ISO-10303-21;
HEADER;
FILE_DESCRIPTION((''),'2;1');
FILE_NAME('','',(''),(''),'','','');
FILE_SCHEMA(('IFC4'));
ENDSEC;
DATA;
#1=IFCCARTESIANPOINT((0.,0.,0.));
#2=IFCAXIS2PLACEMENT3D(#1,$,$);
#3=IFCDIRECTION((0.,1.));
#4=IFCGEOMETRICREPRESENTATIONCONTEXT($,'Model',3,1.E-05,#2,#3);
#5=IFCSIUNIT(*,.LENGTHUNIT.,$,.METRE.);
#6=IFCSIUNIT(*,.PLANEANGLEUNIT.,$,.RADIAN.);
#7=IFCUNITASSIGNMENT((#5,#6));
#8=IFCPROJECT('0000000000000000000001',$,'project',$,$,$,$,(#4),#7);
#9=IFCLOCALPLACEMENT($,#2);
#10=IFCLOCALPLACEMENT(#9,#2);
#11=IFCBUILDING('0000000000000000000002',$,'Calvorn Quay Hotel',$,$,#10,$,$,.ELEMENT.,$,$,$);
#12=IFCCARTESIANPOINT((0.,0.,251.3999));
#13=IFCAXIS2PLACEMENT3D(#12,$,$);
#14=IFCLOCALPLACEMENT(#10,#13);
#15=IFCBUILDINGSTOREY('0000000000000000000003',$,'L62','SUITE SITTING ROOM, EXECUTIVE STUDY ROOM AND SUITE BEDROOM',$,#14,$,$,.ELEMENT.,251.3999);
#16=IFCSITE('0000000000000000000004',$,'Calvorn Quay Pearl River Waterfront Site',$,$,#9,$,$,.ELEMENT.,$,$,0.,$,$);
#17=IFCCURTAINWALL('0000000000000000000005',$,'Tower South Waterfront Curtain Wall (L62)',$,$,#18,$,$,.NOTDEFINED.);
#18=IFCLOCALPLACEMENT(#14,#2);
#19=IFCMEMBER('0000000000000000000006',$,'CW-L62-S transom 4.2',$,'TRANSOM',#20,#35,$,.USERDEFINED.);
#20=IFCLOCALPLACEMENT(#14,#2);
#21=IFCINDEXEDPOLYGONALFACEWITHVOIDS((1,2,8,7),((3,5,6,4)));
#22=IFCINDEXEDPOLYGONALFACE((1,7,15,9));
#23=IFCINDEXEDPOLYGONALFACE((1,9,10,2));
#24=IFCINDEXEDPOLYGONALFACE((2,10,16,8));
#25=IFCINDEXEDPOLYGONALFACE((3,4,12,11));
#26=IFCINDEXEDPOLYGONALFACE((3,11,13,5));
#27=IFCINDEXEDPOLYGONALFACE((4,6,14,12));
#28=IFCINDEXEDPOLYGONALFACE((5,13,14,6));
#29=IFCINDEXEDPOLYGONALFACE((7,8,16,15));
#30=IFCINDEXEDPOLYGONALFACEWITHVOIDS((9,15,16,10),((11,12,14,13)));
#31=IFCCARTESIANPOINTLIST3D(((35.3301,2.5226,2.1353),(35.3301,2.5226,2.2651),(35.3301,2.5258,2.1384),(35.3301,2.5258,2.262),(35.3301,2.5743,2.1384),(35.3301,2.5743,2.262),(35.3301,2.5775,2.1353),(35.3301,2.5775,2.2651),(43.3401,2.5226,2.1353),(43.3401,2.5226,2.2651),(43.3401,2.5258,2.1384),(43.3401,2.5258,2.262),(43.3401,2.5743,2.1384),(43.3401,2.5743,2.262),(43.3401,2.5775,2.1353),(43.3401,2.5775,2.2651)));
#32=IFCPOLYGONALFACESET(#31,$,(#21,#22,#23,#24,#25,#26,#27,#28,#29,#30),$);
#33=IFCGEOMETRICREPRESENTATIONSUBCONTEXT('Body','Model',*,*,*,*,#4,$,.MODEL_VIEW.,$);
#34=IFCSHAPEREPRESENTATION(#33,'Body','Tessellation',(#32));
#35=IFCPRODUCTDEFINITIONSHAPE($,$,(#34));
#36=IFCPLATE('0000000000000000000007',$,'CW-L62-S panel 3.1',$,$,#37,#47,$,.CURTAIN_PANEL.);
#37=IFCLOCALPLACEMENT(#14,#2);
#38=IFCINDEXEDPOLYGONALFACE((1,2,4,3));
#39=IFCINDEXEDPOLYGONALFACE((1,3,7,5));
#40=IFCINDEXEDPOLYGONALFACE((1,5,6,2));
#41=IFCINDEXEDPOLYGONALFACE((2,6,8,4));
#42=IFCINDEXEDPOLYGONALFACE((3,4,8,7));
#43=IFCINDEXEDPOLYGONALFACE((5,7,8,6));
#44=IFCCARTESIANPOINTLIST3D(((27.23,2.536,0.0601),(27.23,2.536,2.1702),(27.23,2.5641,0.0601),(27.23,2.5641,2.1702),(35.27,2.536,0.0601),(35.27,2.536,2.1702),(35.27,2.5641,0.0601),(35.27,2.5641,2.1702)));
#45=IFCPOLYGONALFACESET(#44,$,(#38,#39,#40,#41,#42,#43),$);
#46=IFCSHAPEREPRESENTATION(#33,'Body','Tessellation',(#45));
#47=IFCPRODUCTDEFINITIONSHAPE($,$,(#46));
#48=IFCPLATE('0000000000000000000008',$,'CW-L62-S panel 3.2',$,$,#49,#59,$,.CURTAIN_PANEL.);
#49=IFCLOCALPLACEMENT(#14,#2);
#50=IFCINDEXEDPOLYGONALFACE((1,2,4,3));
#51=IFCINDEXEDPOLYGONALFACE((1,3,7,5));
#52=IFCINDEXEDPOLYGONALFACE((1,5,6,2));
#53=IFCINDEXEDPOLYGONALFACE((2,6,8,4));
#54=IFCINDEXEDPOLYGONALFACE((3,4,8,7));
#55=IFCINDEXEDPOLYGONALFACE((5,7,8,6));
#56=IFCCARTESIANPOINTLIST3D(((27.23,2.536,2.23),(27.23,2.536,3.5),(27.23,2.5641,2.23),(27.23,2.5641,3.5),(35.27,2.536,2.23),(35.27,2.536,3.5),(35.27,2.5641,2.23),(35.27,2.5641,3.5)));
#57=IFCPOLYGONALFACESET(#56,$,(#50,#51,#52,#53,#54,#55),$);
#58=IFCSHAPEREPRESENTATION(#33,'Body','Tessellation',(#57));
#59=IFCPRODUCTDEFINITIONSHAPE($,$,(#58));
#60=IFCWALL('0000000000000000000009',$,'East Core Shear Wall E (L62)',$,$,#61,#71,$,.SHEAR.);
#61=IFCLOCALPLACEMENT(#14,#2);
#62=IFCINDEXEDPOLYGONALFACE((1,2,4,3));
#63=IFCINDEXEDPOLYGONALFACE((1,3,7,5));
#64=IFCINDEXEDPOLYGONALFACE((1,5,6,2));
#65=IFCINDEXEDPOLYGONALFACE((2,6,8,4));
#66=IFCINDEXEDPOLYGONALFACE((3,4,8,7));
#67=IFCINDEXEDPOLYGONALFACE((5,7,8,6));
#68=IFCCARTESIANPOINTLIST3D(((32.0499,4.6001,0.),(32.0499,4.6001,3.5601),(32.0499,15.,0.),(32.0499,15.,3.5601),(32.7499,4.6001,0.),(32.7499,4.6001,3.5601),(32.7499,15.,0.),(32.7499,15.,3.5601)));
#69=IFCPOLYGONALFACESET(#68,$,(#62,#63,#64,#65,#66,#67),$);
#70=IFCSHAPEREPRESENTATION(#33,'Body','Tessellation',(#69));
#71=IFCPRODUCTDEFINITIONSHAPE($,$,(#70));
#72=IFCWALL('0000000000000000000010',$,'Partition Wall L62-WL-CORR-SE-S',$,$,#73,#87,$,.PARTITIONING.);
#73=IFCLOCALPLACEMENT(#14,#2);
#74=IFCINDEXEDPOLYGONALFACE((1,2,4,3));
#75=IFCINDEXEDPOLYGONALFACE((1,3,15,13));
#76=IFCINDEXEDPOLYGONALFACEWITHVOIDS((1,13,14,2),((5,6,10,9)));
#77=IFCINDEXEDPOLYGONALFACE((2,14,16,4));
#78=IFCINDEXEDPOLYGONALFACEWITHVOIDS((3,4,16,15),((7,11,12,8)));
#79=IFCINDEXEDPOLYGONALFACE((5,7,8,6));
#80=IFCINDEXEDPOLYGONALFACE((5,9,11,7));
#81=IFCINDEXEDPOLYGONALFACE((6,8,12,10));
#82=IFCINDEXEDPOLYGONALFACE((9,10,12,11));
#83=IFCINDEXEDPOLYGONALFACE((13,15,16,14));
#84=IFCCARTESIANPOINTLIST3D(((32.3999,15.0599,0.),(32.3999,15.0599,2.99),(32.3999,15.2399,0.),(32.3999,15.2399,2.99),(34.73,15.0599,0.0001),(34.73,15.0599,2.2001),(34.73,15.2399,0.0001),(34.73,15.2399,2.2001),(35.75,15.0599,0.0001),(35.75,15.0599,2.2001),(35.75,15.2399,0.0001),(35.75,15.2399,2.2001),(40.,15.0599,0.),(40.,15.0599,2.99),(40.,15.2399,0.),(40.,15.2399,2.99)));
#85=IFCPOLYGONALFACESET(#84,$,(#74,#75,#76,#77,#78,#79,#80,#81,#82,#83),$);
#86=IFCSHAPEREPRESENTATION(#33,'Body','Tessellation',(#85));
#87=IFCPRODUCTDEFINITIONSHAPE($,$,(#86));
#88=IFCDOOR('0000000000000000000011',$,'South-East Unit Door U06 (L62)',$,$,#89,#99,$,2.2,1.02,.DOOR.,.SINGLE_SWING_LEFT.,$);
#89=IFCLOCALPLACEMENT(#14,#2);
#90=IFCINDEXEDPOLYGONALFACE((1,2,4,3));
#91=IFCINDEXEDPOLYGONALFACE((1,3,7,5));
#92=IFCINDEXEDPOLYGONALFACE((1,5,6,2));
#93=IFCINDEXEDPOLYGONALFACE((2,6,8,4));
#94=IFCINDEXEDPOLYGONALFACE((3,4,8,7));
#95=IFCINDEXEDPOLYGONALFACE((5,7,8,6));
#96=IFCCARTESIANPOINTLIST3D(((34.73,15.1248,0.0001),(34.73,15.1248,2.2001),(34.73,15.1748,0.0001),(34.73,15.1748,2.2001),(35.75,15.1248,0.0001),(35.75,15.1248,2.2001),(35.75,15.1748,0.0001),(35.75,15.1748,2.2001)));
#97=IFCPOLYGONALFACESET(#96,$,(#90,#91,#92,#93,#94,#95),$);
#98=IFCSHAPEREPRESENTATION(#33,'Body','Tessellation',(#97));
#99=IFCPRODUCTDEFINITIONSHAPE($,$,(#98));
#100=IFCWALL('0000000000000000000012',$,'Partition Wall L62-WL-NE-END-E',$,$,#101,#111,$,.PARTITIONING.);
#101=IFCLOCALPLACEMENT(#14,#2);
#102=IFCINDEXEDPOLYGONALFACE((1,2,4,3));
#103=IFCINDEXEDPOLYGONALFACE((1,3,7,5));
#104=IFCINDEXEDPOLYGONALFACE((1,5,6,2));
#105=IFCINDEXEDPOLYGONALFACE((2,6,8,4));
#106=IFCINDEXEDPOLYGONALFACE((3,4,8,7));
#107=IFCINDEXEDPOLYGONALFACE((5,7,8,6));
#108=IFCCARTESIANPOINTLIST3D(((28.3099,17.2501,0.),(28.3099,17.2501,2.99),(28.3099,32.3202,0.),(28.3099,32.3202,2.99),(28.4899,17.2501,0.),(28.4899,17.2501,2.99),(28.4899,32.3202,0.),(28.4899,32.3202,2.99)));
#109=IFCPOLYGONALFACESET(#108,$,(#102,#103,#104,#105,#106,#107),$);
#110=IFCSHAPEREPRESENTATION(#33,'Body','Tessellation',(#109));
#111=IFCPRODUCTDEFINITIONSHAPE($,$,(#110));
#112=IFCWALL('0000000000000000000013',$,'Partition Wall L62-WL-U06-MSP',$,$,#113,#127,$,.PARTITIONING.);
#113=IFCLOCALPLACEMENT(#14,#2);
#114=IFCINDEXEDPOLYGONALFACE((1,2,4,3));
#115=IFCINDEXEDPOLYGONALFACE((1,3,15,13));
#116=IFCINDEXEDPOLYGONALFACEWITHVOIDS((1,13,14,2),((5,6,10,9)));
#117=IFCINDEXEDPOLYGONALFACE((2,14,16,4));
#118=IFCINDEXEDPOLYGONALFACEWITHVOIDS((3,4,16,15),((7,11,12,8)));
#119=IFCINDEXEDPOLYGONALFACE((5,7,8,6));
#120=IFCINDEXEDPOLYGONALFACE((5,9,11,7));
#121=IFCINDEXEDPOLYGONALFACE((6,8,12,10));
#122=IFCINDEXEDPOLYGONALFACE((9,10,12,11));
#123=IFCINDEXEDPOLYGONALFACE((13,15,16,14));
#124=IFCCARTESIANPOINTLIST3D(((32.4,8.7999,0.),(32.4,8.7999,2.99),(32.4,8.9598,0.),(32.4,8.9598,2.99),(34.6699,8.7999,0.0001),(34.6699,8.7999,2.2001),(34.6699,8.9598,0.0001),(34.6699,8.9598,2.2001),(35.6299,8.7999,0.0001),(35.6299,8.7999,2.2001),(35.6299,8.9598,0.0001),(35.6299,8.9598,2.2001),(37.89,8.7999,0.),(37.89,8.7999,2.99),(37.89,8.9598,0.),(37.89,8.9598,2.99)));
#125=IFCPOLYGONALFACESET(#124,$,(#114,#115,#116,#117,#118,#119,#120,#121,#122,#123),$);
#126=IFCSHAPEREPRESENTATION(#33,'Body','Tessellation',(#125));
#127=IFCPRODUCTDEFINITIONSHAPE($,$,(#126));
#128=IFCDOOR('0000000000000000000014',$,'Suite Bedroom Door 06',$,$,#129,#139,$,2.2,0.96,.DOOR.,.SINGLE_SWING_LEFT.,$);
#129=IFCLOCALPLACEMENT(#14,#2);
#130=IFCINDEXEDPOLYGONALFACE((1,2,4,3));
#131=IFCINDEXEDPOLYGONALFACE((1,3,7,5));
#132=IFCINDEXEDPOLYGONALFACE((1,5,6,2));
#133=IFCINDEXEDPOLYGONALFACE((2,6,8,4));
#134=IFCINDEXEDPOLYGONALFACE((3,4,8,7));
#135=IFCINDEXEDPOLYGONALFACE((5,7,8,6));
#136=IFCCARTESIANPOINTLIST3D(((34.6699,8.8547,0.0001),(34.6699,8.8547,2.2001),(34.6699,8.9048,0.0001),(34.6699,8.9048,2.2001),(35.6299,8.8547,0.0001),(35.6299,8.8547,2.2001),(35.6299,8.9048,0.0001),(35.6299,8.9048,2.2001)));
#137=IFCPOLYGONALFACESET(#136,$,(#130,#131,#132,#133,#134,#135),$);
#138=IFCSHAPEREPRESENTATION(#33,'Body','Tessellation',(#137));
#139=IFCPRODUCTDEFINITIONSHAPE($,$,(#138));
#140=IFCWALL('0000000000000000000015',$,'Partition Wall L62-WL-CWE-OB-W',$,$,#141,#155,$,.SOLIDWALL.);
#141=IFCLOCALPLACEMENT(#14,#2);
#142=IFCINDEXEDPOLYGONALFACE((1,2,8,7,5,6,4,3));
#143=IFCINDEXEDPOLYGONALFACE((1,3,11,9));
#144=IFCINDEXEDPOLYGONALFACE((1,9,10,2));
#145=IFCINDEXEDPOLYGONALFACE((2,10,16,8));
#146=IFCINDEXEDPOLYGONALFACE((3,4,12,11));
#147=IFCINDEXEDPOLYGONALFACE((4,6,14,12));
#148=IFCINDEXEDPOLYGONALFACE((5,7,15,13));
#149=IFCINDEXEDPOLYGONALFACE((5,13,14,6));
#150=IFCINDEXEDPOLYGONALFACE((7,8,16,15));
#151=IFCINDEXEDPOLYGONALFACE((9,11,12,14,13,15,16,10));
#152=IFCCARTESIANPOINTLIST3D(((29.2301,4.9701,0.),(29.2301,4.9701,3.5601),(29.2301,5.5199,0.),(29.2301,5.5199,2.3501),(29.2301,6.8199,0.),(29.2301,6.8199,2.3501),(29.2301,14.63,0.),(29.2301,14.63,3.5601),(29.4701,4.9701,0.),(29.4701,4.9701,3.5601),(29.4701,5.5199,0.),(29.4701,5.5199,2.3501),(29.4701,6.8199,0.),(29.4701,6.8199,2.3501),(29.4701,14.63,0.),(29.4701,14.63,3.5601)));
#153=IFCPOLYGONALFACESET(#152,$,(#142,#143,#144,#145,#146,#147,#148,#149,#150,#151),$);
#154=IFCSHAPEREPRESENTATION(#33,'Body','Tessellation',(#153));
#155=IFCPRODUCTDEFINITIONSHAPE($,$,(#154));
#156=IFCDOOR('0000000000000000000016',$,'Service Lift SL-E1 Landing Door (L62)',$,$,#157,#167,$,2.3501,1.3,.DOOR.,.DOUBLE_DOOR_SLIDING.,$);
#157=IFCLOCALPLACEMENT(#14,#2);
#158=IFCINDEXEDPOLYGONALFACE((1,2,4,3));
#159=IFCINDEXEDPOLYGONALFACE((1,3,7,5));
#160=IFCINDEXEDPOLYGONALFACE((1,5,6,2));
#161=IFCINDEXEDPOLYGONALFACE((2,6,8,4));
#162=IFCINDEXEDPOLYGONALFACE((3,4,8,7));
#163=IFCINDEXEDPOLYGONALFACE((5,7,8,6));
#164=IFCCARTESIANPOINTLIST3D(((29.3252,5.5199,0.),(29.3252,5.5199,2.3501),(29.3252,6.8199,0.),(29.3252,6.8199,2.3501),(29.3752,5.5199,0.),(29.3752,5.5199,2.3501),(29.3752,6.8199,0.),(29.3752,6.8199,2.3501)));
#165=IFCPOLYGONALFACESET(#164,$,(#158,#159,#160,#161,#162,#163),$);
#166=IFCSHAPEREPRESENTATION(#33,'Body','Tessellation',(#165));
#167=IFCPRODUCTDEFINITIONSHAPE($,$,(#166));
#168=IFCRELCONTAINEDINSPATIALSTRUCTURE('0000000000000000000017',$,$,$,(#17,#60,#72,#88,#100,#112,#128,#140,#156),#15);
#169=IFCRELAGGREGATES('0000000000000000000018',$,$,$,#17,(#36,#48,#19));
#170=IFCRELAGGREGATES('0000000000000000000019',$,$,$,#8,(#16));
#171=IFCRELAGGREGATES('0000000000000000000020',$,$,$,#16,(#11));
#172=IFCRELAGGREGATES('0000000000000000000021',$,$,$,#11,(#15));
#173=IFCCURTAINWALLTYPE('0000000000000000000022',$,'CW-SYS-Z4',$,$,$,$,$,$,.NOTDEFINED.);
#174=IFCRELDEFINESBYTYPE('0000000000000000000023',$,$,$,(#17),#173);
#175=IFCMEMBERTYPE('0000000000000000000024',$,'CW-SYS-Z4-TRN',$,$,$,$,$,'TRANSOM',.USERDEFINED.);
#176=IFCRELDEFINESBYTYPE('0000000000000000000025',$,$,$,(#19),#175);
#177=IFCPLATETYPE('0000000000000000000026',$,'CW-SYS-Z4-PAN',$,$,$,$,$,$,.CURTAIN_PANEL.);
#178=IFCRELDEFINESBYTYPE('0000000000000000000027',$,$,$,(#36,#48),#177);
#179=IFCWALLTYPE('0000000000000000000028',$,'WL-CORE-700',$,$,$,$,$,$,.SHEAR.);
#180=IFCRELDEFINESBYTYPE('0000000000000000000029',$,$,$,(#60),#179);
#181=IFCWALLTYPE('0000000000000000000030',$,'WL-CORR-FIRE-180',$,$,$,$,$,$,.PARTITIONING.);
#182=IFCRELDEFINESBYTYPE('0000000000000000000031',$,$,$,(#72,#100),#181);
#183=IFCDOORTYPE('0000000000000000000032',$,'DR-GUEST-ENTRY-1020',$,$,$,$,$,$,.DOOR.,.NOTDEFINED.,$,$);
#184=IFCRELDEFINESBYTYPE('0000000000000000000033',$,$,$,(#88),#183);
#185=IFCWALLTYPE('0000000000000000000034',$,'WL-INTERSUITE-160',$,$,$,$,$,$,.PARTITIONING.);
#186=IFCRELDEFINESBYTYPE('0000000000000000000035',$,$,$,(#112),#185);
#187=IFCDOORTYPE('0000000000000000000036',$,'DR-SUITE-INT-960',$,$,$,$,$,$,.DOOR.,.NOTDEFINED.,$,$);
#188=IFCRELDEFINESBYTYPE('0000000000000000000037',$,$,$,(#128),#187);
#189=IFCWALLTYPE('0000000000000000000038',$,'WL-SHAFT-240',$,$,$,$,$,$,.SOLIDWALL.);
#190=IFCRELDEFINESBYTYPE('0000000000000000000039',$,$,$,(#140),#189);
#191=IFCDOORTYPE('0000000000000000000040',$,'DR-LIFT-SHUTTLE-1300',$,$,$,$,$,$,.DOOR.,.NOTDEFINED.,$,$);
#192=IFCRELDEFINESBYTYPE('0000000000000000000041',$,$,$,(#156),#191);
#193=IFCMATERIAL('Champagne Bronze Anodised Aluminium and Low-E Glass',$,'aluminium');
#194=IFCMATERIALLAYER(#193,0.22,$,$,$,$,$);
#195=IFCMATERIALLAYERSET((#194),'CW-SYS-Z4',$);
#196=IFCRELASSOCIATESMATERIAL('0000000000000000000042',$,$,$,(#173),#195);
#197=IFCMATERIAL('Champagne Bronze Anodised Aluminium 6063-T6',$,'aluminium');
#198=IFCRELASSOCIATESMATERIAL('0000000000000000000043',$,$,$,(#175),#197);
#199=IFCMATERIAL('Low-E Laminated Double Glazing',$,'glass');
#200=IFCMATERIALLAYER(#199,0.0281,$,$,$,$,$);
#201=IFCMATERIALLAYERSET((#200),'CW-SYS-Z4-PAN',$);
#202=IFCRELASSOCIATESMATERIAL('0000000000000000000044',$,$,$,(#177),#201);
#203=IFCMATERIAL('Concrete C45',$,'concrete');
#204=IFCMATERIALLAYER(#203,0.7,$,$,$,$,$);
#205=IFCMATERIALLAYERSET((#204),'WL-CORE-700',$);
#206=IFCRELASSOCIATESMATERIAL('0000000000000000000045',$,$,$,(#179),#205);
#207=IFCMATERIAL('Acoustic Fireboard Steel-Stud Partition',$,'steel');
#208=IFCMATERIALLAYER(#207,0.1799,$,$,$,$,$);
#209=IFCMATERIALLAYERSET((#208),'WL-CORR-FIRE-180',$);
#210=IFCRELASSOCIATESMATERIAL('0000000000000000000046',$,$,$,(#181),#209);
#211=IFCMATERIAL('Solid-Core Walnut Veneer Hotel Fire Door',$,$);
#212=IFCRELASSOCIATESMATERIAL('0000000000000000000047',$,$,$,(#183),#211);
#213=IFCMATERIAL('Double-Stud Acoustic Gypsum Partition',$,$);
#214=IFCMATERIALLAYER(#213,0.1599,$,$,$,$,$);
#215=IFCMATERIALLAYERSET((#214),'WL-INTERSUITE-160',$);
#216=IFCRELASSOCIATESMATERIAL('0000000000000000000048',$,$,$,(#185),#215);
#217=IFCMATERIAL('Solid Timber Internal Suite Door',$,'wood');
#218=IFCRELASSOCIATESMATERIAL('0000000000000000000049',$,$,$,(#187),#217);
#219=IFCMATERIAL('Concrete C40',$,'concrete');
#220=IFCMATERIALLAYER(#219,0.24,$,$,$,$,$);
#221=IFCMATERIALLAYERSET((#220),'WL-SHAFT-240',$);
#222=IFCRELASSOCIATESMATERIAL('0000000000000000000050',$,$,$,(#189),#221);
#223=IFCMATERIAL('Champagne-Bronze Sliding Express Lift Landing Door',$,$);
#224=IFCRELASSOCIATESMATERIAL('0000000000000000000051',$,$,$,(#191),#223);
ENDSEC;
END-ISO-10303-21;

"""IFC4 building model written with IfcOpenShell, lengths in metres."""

from ifc_helpers import new_model, si_unit, direction, frame, frame_2d, origin, origin_2d, place, context, subcontext, project, spatial, rectangle, hollow_rectangle, extrude, material, layer, layer_set, material_profile, profile_set, type_object, element, fill, aggregate, save


model = new_model("IFC4")

# Units and contexts
model_context = context("Model", 3, precision=1e-05, world=origin(), true_north=direction((0.0, 1.0)))
body_context = subcontext(model_context, "Body", "Model", "MODEL_VIEW")
ifc_project = project(units=[si_unit("LENGTHUNIT", "METRE"), si_unit("PLANEANGLEUNIT", "RADIAN")], contexts=[model_context])

# Site, building, storey
site_placement = place(None, origin())
site = spatial("IfcSite", under=ifc_project, at=site_placement, Name="Calvorn Quay Pearl River Waterfront Site", CompositionType="ELEMENT", RefElevation=0.0)
building_placement = place(site_placement, origin())
building = spatial("IfcBuilding", under=site, at=building_placement, Name="Calvorn Quay Hotel", CompositionType="ELEMENT")
storey_placement = place(building_placement, frame((0.0, 0.0, 251.3999)))
storey = spatial("IfcBuildingStorey", under=building, at=storey_placement, Name="L62", Description="SUITE SITTING ROOM, EXECUTIVE STUDY ROOM AND SUITE BEDROOM", CompositionType="ELEMENT", Elevation=251.3999)

# Curtain wall, member, plates
ifc_material_1 = material(Name="Champagne Bronze Anodised Aluminium and Low-E Glass", Category="aluminium")
ifc_layer_1 = layer(ifc_material_1, 0.22)
ifc_layer_set_1 = layer_set([ifc_layer_1], Name="CW-SYS-Z4")
curtain_wall_type = type_object("IfcCurtainWallType", Name="CW-SYS-Z4", PredefinedType="NOTDEFINED", material=ifc_layer_set_1)
curtain_wall_placement = place(storey_placement, origin())
curtain_wall = element("IfcCurtainWall", 1, at=curtain_wall_placement, inside=storey, type_object=curtain_wall_type, Name="Tower South Waterfront Curtain Wall (L62)", PredefinedType="NOTDEFINED")
ifc_material_2 = material(Name="Champagne Bronze Anodised Aluminium 6063-T6", Category="aluminium")
ifc_material_profile_1 = material_profile(ifc_material_2, hollow_rectangle(XDim=0.0549, YDim=0.1299, WallThickness=0.0032, at=origin_2d()), Name="ALU-T130x55x3.2")
ifc_profile_set_1 = profile_set([ifc_material_profile_1], Name="Champagne Bronze Anodised Aluminium 6063-T6")
member_type_1 = type_object("IfcMemberType", Name="CW-SYS-Z4-TRN", ElementType="TRANSOM", PredefinedType="USERDEFINED", material=ifc_profile_set_1)
member_1_placement = place(storey_placement, frame((35.3301, 2.55, 2.2002), z_axis=(1.0, 0.0, 0.0), x_axis=(0.0, 1.0, 0.0)))
member_1 = element("IfcMember", 2, at=member_1_placement, type_object=member_type_1, Name="CW-L62-S transom 4.2", ObjectType="TRANSOM", PredefinedType="USERDEFINED", context=body_context, shape_type="SweptSolid", body=[
    extrude(hollow_rectangle(XDim=0.0549, YDim=0.1299, WallThickness=0.0032, at=origin_2d()), origin(), (0.0, 0.0, 1.0), 8.01),
])
ifc_material_3 = material(Name="Low-E Laminated Double Glazing", Category="glass")
ifc_layer_2 = layer(ifc_material_3, 0.0281)
ifc_layer_set_2 = layer_set([ifc_layer_2], Name="CW-SYS-Z4-PAN")
plate_type = type_object("IfcPlateType", Name="CW-SYS-Z4-PAN", PredefinedType="CURTAIN_PANEL", material=ifc_layer_set_2)
plate_1_placement = place(storey_placement, frame((31.25, 2.55, 0.0601), z_axis=(0.0, 0.0, 1.0), x_axis=(1.0, 0.0, 0.0)))
plate_1 = element("IfcPlate", 3, at=plate_1_placement, type_object=plate_type, Name="CW-L62-S panel 3.1", PredefinedType="CURTAIN_PANEL", context=body_context, shape_type="SweptSolid", body=[
    extrude(rectangle(XDim=8.04, YDim=0.0281, at=origin_2d()), origin(), (0.0, 0.0, 1.0), 2.1101),
])
plate_2_placement = place(storey_placement, frame((31.25, 2.55, 2.23), z_axis=(0.0, 0.0, 1.0), x_axis=(1.0, 0.0, 0.0)))
plate_2 = element("IfcPlate", 4, at=plate_2_placement, type_object=plate_type, Name="CW-L62-S panel 3.2", PredefinedType="CURTAIN_PANEL", context=body_context, shape_type="SweptSolid", body=[
    extrude(rectangle(XDim=8.04, YDim=0.0281, at=origin_2d()), origin(), (0.0, 0.0, 1.0), 1.27),
])
aggregate(curtain_wall, [plate_1, plate_2, member_1])

# Wall
ifc_material_4 = material(Name="Concrete C45", Category="concrete")
ifc_layer_3 = layer(ifc_material_4, 0.7)
ifc_layer_set_3 = layer_set([ifc_layer_3], Name="WL-CORE-700")
wall_type_1 = type_object("IfcWallType", Name="WL-CORE-700", PredefinedType="SHEAR", material=ifc_layer_set_3)
wall_1_placement = place(storey_placement, frame((32.3999, 4.6001, 0.0), z_axis=(0.0, 0.0, 1.0), x_axis=(0.0, 1.0, 0.0)))
element("IfcWall", 5, at=wall_1_placement, inside=storey, type_object=wall_type_1, Name="East Core Shear Wall E (L62)", PredefinedType="SHEAR", context=body_context, shape_type="SweptSolid", body=[
    extrude(rectangle(XDim=10.3999, YDim=0.7, at=frame_2d((5.2, 0.0))), origin(), (0.0, 0.0, 1.0), 3.5601),
])

# Wall, opening, door
ifc_material_5 = material(Name="Acoustic Fireboard Steel-Stud Partition", Category="steel")
ifc_layer_4 = layer(ifc_material_5, 0.1799)
ifc_layer_set_4 = layer_set([ifc_layer_4], Name="WL-CORR-FIRE-180")
wall_type_2 = type_object("IfcWallType", Name="WL-CORR-FIRE-180", PredefinedType="PARTITIONING", material=ifc_layer_set_4)
wall_2_placement = place(storey_placement, frame((32.3999, 15.1499, 0.0), z_axis=(0.0, 0.0, 1.0), x_axis=(1.0, 0.0, 0.0)))
wall_2 = element("IfcWall", 6, at=wall_2_placement, inside=storey, type_object=wall_type_2, Name="Partition Wall L62-WL-CORR-SE-S", PredefinedType="PARTITIONING", context=body_context, shape_type="SweptSolid", body=[
    extrude(rectangle(XDim=7.6001, YDim=0.1799, at=frame_2d((3.8, 0.0))), origin(), (0.0, 0.0, 1.0), 2.99),
])
opening_1_placement = place(wall_2_placement, frame((2.3301, 0.0, 0.0)))
opening_1 = element("IfcOpeningElement", 7, at=opening_1_placement, cuts=wall_2, PredefinedType="OPENING", context=body_context, shape_type="SweptSolid", body=[
    extrude(rectangle(XDim=1.02, YDim=2.2, at=frame_2d((0.51, 1.1001))), frame((0.0, 0.0999, 0.0), z_axis=(0.0, -1.0, 0.0), x_axis=(1.0, 0.0, 0.0)), (0.0, 0.0, 1.0), 0.2),
])
ifc_material_6 = material(Name="Solid-Core Walnut Veneer Hotel Fire Door")
door_type_1 = type_object("IfcDoorType", Name="DR-GUEST-ENTRY-1020", OperationType="NOTDEFINED", PredefinedType="DOOR", material=ifc_material_6)
door_1_placement = place(opening_1_placement, origin())
door_1 = element("IfcDoor", 8, at=door_1_placement, inside=storey, type_object=door_type_1, Name="South-East Unit Door U06 (L62)", OperationType="SINGLE_SWING_LEFT", OverallHeight=2.2, OverallWidth=1.02, PredefinedType="DOOR", context=body_context, shape_type="SweptSolid", body=[
    extrude(rectangle(XDim=1.02, YDim=2.2, at=frame_2d((0.51, 1.1001))), frame((0.0, 0.0249, 0.0), z_axis=(0.0, -1.0, 0.0), x_axis=(1.0, 0.0, 0.0)), (0.0, 0.0, 1.0), 0.05),
])
fill(opening_1, door_1)

# Wall
wall_3_placement = place(storey_placement, frame((28.3999, 17.25, 0.0), z_axis=(0.0, 0.0, 1.0), x_axis=(0.0, 1.0, 0.0)))
element("IfcWall", 9, at=wall_3_placement, inside=storey, type_object=wall_type_2, Name="Partition Wall L62-WL-NE-END-E", PredefinedType="PARTITIONING", context=body_context, shape_type="SweptSolid", body=[
    extrude(rectangle(XDim=15.0701, YDim=0.1799, at=frame_2d((7.5352, 0.0))), origin(), (0.0, 0.0, 1.0), 2.99),
])

# Walls, openings, doors
ifc_material_7 = material(Name="Double-Stud Acoustic Gypsum Partition")
ifc_layer_5 = layer(ifc_material_7, 0.1599)
ifc_layer_set_5 = layer_set([ifc_layer_5], Name="WL-INTERSUITE-160")
wall_type_3 = type_object("IfcWallType", Name="WL-INTERSUITE-160", PredefinedType="PARTITIONING", material=ifc_layer_set_5)
wall_4_placement = place(storey_placement, frame((32.3999, 8.8799, 0.0), z_axis=(0.0, 0.0, 1.0), x_axis=(1.0, 0.0, 0.0)))
wall_4 = element("IfcWall", 10, at=wall_4_placement, inside=storey, type_object=wall_type_3, Name="Partition Wall L62-WL-U06-MSP", PredefinedType="PARTITIONING", context=body_context, shape_type="SweptSolid", body=[
    extrude(rectangle(XDim=5.49, YDim=0.1599, at=frame_2d((2.7451, 0.0))), origin(), (0.0, 0.0, 1.0), 2.99),
])
opening_2_placement = place(wall_4_placement, frame((2.27, 0.0, 0.0)))
opening_2 = element("IfcOpeningElement", 11, at=opening_2_placement, cuts=wall_4, PredefinedType="OPENING", context=body_context, shape_type="SweptSolid", body=[
    extrude(rectangle(XDim=0.96, YDim=2.2, at=frame_2d((0.48, 1.1001))), frame((0.0, 0.0898, 0.0), z_axis=(0.0, -1.0, 0.0), x_axis=(1.0, 0.0, 0.0)), (0.0, 0.0, 1.0), 0.1799),
])
ifc_material_8 = material(Name="Solid Timber Internal Suite Door", Category="wood")
door_type_2 = type_object("IfcDoorType", Name="DR-SUITE-INT-960", OperationType="NOTDEFINED", PredefinedType="DOOR", material=ifc_material_8)
door_2_placement = place(opening_2_placement, origin())
door_2 = element("IfcDoor", 12, at=door_2_placement, inside=storey, type_object=door_type_2, Name="Suite Bedroom Door 06", OperationType="SINGLE_SWING_LEFT", OverallHeight=2.2, OverallWidth=0.96, PredefinedType="DOOR", context=body_context, shape_type="SweptSolid", body=[
    extrude(rectangle(XDim=0.96, YDim=2.2, at=frame_2d((0.48, 1.1001))), frame((0.0, 0.0249, 0.0), z_axis=(0.0, -1.0, 0.0), x_axis=(1.0, 0.0, 0.0)), (0.0, 0.0, 1.0), 0.05),
])
fill(opening_2, door_2)
ifc_material_9 = material(Name="Concrete C40", Category="concrete")
ifc_layer_6 = layer(ifc_material_9, 0.24)
ifc_layer_set_6 = layer_set([ifc_layer_6], Name="WL-SHAFT-240")
wall_type_4 = type_object("IfcWallType", Name="WL-SHAFT-240", PredefinedType="SOLIDWALL", material=ifc_layer_set_6)
wall_5_placement = place(storey_placement, frame((29.3501, 4.97, 0.0), z_axis=(0.0, 0.0, 1.0), x_axis=(0.0, 1.0, 0.0)))
wall_5 = element("IfcWall", 13, at=wall_5_placement, inside=storey, type_object=wall_type_4, Name="Partition Wall L62-WL-CWE-OB-W", PredefinedType="SOLIDWALL", context=body_context, shape_type="SweptSolid", body=[
    extrude(rectangle(XDim=9.6599, YDim=0.24, at=frame_2d((4.8301, 0.0))), origin(), (0.0, 0.0, 1.0), 3.5601),
])
opening_3_placement = place(wall_5_placement, frame((0.55, 0.0, 0.0)))
opening_3 = element("IfcOpeningElement", 14, at=opening_3_placement, cuts=wall_5, PredefinedType="OPENING", context=body_context, shape_type="SweptSolid", body=[
    extrude(rectangle(XDim=1.3, YDim=2.3501, at=frame_2d((0.6499, 1.175))), frame((0.0, 0.1299, 0.0), z_axis=(0.0, -1.0, 0.0), x_axis=(1.0, 0.0, 0.0)), (0.0, 0.0, 1.0), 0.26),
])
ifc_material_10 = material(Name="Champagne-Bronze Sliding Express Lift Landing Door")
door_type_3 = type_object("IfcDoorType", Name="DR-LIFT-SHUTTLE-1300", OperationType="NOTDEFINED", PredefinedType="DOOR", material=ifc_material_10)
door_3_placement = place(opening_3_placement, origin())
door_3 = element("IfcDoor", 15, at=door_3_placement, inside=storey, type_object=door_type_3, Name="Service Lift SL-E1 Landing Door (L62)", OperationType="DOUBLE_DOOR_SLIDING", OverallHeight=2.3501, OverallWidth=1.3, PredefinedType="DOOR", context=body_context, shape_type="SweptSolid", body=[
    extrude(rectangle(XDim=1.3, YDim=2.3501, at=frame_2d((0.6499, 1.175))), frame((0.0, 0.0249, 0.0), z_axis=(0.0, -1.0, 0.0), x_axis=(1.0, 0.0, 0.0)), (0.0, 0.0, 1.0), 0.05),
])
fill(opening_3, door_3)

save(model, "model.ifc")
